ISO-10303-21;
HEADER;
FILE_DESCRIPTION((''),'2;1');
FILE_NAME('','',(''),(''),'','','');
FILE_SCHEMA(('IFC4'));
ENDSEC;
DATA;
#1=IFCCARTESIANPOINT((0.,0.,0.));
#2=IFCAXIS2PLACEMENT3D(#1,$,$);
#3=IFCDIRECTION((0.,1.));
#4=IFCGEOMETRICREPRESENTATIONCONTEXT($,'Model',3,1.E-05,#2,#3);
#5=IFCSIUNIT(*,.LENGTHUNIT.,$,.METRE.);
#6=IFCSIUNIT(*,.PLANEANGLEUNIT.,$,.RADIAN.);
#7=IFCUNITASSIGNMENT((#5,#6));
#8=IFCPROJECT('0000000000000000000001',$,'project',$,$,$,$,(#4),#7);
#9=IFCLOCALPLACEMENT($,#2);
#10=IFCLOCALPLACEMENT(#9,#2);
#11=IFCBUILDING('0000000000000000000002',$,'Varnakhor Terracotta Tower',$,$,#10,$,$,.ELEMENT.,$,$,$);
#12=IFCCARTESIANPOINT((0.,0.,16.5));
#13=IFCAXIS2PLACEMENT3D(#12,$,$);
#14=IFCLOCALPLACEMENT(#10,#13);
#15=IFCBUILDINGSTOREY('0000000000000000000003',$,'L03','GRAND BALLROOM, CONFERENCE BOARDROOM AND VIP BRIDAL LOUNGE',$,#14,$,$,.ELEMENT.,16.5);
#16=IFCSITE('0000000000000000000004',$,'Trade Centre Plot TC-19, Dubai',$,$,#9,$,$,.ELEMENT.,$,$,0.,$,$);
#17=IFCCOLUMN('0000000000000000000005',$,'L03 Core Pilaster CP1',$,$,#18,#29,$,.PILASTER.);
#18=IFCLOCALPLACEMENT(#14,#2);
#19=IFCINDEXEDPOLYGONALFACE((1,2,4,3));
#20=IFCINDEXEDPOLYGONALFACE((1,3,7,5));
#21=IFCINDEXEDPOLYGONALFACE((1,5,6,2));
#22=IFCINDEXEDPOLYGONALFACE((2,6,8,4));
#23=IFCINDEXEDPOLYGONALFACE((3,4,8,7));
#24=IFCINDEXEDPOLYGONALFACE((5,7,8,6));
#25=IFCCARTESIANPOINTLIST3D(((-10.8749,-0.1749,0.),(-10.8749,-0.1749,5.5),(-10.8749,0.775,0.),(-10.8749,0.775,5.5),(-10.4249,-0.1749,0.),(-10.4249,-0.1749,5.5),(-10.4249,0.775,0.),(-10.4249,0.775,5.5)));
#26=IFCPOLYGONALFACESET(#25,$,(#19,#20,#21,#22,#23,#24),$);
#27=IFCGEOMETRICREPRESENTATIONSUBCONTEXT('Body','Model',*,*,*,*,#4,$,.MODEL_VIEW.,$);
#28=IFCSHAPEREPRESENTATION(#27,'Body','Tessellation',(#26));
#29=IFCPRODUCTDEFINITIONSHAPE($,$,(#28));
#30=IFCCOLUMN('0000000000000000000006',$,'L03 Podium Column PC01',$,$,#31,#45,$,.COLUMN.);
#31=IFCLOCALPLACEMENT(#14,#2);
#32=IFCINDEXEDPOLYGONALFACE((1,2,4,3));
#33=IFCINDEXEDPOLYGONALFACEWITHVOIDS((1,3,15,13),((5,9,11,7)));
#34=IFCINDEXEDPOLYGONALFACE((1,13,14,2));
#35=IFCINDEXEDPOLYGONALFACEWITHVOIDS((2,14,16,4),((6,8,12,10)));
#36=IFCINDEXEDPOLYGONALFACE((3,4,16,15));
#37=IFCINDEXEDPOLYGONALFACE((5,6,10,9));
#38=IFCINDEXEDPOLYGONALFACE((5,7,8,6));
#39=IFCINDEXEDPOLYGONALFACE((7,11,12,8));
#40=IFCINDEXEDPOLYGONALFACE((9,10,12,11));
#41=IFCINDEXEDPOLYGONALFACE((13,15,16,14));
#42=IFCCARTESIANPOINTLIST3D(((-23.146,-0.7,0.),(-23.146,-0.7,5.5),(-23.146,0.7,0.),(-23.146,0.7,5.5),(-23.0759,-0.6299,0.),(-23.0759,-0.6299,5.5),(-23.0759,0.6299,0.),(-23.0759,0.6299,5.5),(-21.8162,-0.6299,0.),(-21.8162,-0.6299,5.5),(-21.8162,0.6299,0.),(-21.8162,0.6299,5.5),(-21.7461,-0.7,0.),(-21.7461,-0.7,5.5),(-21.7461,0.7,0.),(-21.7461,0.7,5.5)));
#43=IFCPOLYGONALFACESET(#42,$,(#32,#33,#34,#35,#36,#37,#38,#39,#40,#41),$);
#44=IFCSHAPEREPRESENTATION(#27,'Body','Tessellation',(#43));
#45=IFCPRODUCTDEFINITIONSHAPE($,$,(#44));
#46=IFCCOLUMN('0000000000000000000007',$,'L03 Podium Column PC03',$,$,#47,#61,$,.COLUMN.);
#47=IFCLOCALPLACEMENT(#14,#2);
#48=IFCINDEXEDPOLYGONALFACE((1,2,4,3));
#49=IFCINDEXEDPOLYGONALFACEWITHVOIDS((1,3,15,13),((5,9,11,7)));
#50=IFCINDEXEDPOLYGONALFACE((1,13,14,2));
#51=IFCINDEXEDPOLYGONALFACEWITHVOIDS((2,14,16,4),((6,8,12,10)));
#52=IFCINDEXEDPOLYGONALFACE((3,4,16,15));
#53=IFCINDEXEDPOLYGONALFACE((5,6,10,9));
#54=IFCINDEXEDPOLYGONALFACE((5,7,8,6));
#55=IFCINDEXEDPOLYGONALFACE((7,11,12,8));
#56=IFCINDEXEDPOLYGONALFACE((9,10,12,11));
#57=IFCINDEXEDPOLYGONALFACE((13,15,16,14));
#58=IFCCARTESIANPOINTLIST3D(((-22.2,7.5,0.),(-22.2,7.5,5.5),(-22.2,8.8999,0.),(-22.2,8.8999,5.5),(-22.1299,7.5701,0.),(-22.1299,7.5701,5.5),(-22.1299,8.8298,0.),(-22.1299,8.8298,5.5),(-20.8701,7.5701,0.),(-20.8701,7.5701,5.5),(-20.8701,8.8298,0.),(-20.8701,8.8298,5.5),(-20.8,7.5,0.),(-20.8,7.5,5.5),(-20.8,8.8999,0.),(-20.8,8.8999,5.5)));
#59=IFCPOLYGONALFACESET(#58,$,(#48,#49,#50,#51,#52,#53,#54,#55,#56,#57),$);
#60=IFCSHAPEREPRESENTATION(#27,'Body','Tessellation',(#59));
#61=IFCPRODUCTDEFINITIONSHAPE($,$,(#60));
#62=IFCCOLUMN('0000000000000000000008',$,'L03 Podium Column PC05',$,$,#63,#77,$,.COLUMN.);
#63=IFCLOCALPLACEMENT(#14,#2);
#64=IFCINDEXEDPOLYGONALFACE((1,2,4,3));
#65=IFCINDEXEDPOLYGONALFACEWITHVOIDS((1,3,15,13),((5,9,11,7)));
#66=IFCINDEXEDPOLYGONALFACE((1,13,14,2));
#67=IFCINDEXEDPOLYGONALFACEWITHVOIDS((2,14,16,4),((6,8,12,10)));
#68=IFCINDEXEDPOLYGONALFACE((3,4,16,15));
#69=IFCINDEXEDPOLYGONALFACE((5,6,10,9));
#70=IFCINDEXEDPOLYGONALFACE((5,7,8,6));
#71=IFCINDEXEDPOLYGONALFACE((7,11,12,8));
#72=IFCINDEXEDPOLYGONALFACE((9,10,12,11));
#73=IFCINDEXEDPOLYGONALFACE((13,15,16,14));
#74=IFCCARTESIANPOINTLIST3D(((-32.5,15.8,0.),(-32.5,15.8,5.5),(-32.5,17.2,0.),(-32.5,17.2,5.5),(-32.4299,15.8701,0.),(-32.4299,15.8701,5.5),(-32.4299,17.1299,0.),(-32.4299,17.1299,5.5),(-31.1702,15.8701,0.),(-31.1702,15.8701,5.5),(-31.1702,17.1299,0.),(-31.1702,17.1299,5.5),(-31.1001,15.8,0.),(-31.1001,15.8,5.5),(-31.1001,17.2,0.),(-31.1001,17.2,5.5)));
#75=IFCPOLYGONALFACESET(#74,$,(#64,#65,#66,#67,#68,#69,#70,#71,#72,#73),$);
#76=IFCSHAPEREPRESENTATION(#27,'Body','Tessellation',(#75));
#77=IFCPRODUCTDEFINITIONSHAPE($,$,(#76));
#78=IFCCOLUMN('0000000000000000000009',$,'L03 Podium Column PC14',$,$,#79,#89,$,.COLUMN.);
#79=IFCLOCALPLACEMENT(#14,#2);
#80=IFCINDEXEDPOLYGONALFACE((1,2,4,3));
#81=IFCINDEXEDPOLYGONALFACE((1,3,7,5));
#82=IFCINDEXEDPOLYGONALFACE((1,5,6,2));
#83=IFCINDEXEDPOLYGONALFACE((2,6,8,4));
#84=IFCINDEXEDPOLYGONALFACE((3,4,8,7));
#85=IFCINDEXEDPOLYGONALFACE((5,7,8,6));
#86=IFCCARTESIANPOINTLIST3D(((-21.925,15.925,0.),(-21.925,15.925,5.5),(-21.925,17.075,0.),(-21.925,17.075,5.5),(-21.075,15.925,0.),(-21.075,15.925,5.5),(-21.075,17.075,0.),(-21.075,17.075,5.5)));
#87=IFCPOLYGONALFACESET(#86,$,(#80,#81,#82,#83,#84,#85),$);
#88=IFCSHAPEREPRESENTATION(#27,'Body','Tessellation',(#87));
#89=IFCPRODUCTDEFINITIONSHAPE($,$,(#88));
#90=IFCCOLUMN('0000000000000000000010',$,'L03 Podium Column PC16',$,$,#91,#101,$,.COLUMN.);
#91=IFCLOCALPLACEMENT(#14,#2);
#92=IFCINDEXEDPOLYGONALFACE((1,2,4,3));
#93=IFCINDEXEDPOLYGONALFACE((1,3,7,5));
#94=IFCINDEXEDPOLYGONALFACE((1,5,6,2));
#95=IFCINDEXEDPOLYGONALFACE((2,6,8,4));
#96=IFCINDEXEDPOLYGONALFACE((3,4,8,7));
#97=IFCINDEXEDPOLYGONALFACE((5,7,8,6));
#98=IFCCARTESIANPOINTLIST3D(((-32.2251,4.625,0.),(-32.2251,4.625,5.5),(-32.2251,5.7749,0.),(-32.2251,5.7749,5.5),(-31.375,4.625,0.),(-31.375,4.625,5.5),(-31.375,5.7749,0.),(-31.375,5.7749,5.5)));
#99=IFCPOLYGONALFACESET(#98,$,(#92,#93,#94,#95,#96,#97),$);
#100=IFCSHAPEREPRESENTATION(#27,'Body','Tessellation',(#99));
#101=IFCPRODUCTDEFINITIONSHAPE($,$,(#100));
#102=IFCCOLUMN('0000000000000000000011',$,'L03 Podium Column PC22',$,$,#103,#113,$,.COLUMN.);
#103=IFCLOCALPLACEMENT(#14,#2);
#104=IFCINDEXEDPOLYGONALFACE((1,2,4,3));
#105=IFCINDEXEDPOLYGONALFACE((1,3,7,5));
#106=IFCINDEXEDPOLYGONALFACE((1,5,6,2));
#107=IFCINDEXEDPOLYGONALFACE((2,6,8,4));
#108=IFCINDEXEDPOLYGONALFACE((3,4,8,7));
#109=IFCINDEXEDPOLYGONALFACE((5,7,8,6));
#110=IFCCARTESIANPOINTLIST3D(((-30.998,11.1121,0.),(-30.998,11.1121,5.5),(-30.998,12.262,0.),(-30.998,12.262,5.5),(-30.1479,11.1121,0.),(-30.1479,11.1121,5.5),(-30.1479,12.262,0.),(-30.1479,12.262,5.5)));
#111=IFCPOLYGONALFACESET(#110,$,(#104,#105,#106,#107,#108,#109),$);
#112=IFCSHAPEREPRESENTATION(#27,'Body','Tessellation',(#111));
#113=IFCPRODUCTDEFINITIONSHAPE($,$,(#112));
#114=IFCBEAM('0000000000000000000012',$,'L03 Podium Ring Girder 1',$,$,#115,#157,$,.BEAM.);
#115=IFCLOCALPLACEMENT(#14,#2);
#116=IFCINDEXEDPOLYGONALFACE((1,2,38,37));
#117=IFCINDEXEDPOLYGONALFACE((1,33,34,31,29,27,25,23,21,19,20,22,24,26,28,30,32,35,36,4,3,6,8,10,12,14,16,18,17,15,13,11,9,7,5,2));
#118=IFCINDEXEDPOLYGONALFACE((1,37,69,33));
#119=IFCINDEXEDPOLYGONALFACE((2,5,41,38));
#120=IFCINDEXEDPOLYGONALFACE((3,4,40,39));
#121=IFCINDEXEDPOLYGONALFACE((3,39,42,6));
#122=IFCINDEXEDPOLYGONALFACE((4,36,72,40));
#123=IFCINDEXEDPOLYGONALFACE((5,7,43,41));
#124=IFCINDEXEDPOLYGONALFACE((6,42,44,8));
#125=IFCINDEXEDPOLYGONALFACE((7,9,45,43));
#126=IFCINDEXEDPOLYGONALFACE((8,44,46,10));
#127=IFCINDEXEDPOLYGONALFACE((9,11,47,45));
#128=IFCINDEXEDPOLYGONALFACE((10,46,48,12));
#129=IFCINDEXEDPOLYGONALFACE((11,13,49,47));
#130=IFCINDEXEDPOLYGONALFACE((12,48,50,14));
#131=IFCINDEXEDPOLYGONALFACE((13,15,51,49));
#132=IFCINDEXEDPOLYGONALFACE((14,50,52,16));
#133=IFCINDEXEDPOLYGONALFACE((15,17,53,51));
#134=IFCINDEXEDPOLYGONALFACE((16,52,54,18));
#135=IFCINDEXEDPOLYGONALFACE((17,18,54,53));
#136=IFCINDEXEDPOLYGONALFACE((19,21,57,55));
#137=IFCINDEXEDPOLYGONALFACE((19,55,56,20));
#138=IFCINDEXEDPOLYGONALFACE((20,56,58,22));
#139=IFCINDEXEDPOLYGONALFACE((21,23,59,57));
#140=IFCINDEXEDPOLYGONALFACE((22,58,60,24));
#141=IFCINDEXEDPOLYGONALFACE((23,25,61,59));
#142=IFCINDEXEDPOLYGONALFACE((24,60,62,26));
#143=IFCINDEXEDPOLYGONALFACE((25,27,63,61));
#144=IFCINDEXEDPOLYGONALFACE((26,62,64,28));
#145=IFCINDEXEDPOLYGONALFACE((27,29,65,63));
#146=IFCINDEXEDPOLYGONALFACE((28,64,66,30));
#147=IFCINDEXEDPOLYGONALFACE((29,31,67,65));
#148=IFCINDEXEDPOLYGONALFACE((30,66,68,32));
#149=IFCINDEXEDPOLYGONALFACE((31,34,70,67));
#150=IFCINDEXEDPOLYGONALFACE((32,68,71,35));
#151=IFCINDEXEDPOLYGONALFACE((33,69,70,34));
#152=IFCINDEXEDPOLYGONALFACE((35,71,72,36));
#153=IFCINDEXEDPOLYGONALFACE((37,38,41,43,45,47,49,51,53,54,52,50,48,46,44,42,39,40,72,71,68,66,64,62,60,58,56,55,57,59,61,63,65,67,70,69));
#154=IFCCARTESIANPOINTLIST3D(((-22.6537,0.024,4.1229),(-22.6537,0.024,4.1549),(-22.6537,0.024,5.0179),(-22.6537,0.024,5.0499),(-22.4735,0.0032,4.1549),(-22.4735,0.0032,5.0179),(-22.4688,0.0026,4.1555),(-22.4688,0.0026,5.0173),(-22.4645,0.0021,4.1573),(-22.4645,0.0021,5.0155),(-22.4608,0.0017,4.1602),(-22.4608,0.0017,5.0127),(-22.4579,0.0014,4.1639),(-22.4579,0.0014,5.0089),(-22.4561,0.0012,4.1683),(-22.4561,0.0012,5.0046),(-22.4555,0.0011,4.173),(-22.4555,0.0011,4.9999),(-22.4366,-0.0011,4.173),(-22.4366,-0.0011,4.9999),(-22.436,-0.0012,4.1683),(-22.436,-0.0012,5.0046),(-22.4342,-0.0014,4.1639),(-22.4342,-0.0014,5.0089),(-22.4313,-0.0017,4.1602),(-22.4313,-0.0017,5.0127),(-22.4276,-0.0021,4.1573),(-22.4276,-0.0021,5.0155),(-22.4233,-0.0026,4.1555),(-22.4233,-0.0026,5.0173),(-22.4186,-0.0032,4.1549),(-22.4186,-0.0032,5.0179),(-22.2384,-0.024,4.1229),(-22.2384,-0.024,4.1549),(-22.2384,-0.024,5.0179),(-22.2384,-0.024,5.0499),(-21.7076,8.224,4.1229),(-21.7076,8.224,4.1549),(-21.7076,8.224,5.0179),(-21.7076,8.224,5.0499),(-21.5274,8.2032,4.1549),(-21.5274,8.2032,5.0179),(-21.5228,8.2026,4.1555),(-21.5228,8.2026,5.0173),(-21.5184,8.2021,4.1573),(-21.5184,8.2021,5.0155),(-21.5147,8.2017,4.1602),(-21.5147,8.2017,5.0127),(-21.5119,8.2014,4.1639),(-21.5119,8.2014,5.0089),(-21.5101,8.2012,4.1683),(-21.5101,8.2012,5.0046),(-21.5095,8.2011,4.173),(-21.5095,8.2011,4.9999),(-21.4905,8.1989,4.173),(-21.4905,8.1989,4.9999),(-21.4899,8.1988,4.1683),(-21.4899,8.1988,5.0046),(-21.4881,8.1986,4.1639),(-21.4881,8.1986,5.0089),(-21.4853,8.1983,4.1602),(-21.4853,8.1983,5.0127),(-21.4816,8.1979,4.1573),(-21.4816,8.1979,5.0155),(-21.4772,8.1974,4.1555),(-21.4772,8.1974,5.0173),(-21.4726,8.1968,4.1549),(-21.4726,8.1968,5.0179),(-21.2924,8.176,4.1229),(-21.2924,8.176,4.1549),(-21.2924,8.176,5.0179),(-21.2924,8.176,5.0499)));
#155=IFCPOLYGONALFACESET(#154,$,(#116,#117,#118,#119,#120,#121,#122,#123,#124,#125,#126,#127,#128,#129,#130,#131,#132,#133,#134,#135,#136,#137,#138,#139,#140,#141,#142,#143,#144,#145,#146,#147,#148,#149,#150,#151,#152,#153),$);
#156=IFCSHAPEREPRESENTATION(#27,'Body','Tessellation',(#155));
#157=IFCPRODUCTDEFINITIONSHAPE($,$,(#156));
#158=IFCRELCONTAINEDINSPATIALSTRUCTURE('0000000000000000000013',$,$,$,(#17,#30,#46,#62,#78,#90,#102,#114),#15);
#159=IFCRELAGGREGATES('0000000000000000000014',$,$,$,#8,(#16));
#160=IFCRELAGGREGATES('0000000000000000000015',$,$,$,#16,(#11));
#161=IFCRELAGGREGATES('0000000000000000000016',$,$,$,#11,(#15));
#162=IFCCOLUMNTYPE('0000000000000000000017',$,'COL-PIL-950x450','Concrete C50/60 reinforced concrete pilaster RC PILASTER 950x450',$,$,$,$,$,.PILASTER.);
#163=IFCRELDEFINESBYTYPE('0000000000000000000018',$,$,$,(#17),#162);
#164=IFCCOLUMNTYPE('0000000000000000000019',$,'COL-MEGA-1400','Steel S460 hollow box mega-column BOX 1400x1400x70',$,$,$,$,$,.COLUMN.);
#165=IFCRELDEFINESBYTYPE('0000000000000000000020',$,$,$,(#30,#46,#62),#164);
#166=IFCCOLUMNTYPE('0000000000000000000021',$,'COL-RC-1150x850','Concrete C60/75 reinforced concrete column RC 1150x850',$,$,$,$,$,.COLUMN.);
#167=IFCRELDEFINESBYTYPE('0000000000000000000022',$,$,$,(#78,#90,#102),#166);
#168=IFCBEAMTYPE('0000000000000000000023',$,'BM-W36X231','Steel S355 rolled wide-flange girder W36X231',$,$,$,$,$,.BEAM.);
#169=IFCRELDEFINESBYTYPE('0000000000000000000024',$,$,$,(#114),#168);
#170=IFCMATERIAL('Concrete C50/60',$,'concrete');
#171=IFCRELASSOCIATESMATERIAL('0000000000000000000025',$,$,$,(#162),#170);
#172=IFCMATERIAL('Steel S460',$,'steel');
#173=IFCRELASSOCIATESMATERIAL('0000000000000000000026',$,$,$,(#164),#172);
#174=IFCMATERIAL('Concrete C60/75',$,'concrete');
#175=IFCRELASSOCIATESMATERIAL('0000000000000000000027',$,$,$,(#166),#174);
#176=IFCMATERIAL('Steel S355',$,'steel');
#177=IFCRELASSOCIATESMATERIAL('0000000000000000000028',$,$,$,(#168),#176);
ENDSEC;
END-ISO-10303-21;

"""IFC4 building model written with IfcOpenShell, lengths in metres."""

from ifc_helpers import new_model, si_unit, direction, frame, origin, origin_2d, place, context, subcontext, project, spatial, rectangle, hollow_rectangle, i_section, extrude, source, transform, mapped, material, material_profile, profile_set, type_object, type_shapes, element, save


model = new_model("IFC4")

# Units and contexts
model_context = context("Model", 3, precision=1e-05, world=origin(), true_north=direction((0.0, 1.0)))
body_context = subcontext(model_context, "Body", "Model", "MODEL_VIEW")
ifc_project = project(units=[si_unit("LENGTHUNIT", "METRE"), si_unit("PLANEANGLEUNIT", "RADIAN")], contexts=[model_context])

# Site, building, storey
site_placement = place(None, origin())
site = spatial("IfcSite", under=ifc_project, at=site_placement, Name="Trade Centre Plot TC-19, Dubai", CompositionType="ELEMENT", RefElevation=0.0)
building_placement = place(site_placement, origin())
building = spatial("IfcBuilding", under=site, at=building_placement, Name="Varnakhor Terracotta Tower", CompositionType="ELEMENT")
storey_placement = place(building_placement, frame((0.0, 0.0, 16.5)))
storey = spatial("IfcBuildingStorey", under=building, at=storey_placement, Name="L03", Description="GRAND BALLROOM, CONFERENCE BOARDROOM AND VIP BRIDAL LOUNGE", CompositionType="ELEMENT", Elevation=16.5)

# Columns
ifc_material_1 = material(Name="Concrete C50/60", Category="concrete")
ifc_material_profile_1 = material_profile(ifc_material_1, rectangle(XDim=0.45, YDim=0.95, at=origin_2d()), Name="RC PILASTER 950x450")
ifc_profile_set_1 = profile_set([ifc_material_profile_1], Name="Concrete C50/60")
column_type_1 = type_object("IfcColumnType", Name="COL-PIL-950x450", Description="Concrete C50/60 reinforced concrete pilaster RC PILASTER 950x450", PredefinedType="PILASTER", material=ifc_profile_set_1)
shared_shape_1 = source(origin(), body_context, "Body", "SweptSolid", [
    extrude(rectangle(XDim=0.45, YDim=0.95, at=origin_2d()), origin(), (0.0, 0.0, 1.0), 5.5),
])
column_placement = place(storey_placement, frame((-10.6499, 0.3, 0.0), z_axis=(0.0, 0.0, 1.0), x_axis=(1.0, 0.0, 0.0)))
element("IfcColumn", 1, at=column_placement, inside=storey, type_object=column_type_1, Name="L03 Core Pilaster CP1", PredefinedType="PILASTER", context=body_context, shape_type="MappedRepresentation", body=[
    mapped(shared_shape_1, transform((0.0, 0.0, 0.0), scale=1.0)),
])
ifc_material_2 = material(Name="Steel S460", Category="steel")
ifc_material_profile_2 = material_profile(ifc_material_2, hollow_rectangle(XDim=1.3999, YDim=1.3999, WallThickness=0.0701, at=origin_2d()), Name="BOX 1400x1400x70")
ifc_profile_set_2 = profile_set([ifc_material_profile_2], Name="Steel S460")
column_type_2 = type_object("IfcColumnType", Name="COL-MEGA-1400", Description="Steel S460 hollow box mega-column BOX 1400x1400x70", PredefinedType="COLUMN", material=ifc_profile_set_2)
shared_shape_2 = source(origin(), body_context, "Body", "SweptSolid", [
    extrude(hollow_rectangle(XDim=1.3999, YDim=1.3999, WallThickness=0.0701, at=origin_2d()), origin(), (0.0, 0.0, 1.0), 5.5),
])
for number, where, z_axis, x_axis, name in (
    (2, (-22.446, 0.0, 0.0), (0.0, 0.0, 1.0), (1.0, 0.0, 0.0), "L03 Podium Column PC01"),
    (3, (-21.5, 8.2, 0.0), (0.0, 0.0, 1.0), (1.0, 0.0, 0.0), "L03 Podium Column PC03"),
    (4, (-31.8, 16.5, 0.0), (0.0, 0.0, 1.0), (1.0, 0.0, 0.0), "L03 Podium Column PC05"),
):
    element("IfcColumn", number, at=place(storey_placement, frame(where, z_axis=z_axis, x_axis=x_axis)), inside=storey, type_object=column_type_2, Name=name, PredefinedType="COLUMN", context=body_context, shape_type="MappedRepresentation", body=[
        mapped(shared_shape_2, transform((0.0, 0.0, 0.0), scale=1.0)),
    ])
ifc_material_3 = material(Name="Concrete C60/75", Category="concrete")
ifc_material_profile_3 = material_profile(ifc_material_3, rectangle(XDim=0.8501, YDim=1.1499, at=origin_2d()), Name="RC 1150x850")
ifc_profile_set_3 = profile_set([ifc_material_profile_3], Name="Concrete C60/75")
column_type_3 = type_object("IfcColumnType", Name="COL-RC-1150x850", Description="Concrete C60/75 reinforced concrete column RC 1150x850", PredefinedType="COLUMN", material=ifc_profile_set_3)
shared_shape_3 = source(origin(), body_context, "Body", "SweptSolid", [
    extrude(rectangle(XDim=0.8501, YDim=1.1499, at=origin_2d()), origin(), (0.0, 0.0, 1.0), 5.5),
])
for number, where, z_axis, x_axis, name in (
    (5, (-21.5, 16.5, 0.0), (0.0, 0.0, 1.0), (1.0, 0.0, 0.0), "L03 Podium Column PC14"),
    (6, (-31.8, 5.2, 0.0), (0.0, 0.0, 1.0), (1.0, 0.0, 0.0), "L03 Podium Column PC16"),
    (7, (-30.573, 11.687, 0.0), (0.0, 0.0, 1.0), (1.0, 0.0, 0.0), "L03 Podium Column PC22"),
):
    element("IfcColumn", number, at=place(storey_placement, frame(where, z_axis=z_axis, x_axis=x_axis)), inside=storey, type_object=column_type_3, Name=name, PredefinedType="COLUMN", context=body_context, shape_type="MappedRepresentation", body=[
        mapped(shared_shape_3, transform((0.0, 0.0, 0.0), scale=1.0)),
    ])

# Beam
ifc_material_4 = material(Name="Steel S355", Category="steel")
ifc_material_profile_4 = material_profile(ifc_material_4, i_section(OverallWidth=0.418, OverallDepth=0.927, WebThickness=0.019, FlangeThickness=0.032, FilletRadius=0.0181, at=origin_2d()), Name="W36X231")
ifc_profile_set_4 = profile_set([ifc_material_profile_4], Name="Steel S355")
beam_type_1 = type_object("IfcBeamType", Name="BM-W36X231", Description="Steel S355 rolled wide-flange girder W36X231", PredefinedType="BEAM", material=ifc_profile_set_4)
shared_shape_4 = source(origin(), body_context, "Body", "SweptSolid", [
    extrude(i_section(OverallWidth=0.418, OverallDepth=0.927, WebThickness=0.019, FlangeThickness=0.032, FilletRadius=0.0181, at=origin_2d()), origin(), (0.0, 0.0, 1.0), 8.2544),
])
type_shapes(beam_type_1, [shared_shape_4])
beam_1_placement = place(storey_placement, frame((-22.446, 0.0, 4.5864), z_axis=(0.114612, 0.99341, 0.0), x_axis=(-0.99341, 0.114612, 0.0)))
element("IfcBeam", 8, at=beam_1_placement, inside=storey, type_object=beam_type_1, Name="L03 Podium Ring Girder 1", PredefinedType="BEAM", context=body_context, shape_type="MappedRepresentation", body=[
    mapped(shared_shape_4, transform((0.0, 0.0, 0.0), scale=1.0)),
])

save(model, "model.ifc")
